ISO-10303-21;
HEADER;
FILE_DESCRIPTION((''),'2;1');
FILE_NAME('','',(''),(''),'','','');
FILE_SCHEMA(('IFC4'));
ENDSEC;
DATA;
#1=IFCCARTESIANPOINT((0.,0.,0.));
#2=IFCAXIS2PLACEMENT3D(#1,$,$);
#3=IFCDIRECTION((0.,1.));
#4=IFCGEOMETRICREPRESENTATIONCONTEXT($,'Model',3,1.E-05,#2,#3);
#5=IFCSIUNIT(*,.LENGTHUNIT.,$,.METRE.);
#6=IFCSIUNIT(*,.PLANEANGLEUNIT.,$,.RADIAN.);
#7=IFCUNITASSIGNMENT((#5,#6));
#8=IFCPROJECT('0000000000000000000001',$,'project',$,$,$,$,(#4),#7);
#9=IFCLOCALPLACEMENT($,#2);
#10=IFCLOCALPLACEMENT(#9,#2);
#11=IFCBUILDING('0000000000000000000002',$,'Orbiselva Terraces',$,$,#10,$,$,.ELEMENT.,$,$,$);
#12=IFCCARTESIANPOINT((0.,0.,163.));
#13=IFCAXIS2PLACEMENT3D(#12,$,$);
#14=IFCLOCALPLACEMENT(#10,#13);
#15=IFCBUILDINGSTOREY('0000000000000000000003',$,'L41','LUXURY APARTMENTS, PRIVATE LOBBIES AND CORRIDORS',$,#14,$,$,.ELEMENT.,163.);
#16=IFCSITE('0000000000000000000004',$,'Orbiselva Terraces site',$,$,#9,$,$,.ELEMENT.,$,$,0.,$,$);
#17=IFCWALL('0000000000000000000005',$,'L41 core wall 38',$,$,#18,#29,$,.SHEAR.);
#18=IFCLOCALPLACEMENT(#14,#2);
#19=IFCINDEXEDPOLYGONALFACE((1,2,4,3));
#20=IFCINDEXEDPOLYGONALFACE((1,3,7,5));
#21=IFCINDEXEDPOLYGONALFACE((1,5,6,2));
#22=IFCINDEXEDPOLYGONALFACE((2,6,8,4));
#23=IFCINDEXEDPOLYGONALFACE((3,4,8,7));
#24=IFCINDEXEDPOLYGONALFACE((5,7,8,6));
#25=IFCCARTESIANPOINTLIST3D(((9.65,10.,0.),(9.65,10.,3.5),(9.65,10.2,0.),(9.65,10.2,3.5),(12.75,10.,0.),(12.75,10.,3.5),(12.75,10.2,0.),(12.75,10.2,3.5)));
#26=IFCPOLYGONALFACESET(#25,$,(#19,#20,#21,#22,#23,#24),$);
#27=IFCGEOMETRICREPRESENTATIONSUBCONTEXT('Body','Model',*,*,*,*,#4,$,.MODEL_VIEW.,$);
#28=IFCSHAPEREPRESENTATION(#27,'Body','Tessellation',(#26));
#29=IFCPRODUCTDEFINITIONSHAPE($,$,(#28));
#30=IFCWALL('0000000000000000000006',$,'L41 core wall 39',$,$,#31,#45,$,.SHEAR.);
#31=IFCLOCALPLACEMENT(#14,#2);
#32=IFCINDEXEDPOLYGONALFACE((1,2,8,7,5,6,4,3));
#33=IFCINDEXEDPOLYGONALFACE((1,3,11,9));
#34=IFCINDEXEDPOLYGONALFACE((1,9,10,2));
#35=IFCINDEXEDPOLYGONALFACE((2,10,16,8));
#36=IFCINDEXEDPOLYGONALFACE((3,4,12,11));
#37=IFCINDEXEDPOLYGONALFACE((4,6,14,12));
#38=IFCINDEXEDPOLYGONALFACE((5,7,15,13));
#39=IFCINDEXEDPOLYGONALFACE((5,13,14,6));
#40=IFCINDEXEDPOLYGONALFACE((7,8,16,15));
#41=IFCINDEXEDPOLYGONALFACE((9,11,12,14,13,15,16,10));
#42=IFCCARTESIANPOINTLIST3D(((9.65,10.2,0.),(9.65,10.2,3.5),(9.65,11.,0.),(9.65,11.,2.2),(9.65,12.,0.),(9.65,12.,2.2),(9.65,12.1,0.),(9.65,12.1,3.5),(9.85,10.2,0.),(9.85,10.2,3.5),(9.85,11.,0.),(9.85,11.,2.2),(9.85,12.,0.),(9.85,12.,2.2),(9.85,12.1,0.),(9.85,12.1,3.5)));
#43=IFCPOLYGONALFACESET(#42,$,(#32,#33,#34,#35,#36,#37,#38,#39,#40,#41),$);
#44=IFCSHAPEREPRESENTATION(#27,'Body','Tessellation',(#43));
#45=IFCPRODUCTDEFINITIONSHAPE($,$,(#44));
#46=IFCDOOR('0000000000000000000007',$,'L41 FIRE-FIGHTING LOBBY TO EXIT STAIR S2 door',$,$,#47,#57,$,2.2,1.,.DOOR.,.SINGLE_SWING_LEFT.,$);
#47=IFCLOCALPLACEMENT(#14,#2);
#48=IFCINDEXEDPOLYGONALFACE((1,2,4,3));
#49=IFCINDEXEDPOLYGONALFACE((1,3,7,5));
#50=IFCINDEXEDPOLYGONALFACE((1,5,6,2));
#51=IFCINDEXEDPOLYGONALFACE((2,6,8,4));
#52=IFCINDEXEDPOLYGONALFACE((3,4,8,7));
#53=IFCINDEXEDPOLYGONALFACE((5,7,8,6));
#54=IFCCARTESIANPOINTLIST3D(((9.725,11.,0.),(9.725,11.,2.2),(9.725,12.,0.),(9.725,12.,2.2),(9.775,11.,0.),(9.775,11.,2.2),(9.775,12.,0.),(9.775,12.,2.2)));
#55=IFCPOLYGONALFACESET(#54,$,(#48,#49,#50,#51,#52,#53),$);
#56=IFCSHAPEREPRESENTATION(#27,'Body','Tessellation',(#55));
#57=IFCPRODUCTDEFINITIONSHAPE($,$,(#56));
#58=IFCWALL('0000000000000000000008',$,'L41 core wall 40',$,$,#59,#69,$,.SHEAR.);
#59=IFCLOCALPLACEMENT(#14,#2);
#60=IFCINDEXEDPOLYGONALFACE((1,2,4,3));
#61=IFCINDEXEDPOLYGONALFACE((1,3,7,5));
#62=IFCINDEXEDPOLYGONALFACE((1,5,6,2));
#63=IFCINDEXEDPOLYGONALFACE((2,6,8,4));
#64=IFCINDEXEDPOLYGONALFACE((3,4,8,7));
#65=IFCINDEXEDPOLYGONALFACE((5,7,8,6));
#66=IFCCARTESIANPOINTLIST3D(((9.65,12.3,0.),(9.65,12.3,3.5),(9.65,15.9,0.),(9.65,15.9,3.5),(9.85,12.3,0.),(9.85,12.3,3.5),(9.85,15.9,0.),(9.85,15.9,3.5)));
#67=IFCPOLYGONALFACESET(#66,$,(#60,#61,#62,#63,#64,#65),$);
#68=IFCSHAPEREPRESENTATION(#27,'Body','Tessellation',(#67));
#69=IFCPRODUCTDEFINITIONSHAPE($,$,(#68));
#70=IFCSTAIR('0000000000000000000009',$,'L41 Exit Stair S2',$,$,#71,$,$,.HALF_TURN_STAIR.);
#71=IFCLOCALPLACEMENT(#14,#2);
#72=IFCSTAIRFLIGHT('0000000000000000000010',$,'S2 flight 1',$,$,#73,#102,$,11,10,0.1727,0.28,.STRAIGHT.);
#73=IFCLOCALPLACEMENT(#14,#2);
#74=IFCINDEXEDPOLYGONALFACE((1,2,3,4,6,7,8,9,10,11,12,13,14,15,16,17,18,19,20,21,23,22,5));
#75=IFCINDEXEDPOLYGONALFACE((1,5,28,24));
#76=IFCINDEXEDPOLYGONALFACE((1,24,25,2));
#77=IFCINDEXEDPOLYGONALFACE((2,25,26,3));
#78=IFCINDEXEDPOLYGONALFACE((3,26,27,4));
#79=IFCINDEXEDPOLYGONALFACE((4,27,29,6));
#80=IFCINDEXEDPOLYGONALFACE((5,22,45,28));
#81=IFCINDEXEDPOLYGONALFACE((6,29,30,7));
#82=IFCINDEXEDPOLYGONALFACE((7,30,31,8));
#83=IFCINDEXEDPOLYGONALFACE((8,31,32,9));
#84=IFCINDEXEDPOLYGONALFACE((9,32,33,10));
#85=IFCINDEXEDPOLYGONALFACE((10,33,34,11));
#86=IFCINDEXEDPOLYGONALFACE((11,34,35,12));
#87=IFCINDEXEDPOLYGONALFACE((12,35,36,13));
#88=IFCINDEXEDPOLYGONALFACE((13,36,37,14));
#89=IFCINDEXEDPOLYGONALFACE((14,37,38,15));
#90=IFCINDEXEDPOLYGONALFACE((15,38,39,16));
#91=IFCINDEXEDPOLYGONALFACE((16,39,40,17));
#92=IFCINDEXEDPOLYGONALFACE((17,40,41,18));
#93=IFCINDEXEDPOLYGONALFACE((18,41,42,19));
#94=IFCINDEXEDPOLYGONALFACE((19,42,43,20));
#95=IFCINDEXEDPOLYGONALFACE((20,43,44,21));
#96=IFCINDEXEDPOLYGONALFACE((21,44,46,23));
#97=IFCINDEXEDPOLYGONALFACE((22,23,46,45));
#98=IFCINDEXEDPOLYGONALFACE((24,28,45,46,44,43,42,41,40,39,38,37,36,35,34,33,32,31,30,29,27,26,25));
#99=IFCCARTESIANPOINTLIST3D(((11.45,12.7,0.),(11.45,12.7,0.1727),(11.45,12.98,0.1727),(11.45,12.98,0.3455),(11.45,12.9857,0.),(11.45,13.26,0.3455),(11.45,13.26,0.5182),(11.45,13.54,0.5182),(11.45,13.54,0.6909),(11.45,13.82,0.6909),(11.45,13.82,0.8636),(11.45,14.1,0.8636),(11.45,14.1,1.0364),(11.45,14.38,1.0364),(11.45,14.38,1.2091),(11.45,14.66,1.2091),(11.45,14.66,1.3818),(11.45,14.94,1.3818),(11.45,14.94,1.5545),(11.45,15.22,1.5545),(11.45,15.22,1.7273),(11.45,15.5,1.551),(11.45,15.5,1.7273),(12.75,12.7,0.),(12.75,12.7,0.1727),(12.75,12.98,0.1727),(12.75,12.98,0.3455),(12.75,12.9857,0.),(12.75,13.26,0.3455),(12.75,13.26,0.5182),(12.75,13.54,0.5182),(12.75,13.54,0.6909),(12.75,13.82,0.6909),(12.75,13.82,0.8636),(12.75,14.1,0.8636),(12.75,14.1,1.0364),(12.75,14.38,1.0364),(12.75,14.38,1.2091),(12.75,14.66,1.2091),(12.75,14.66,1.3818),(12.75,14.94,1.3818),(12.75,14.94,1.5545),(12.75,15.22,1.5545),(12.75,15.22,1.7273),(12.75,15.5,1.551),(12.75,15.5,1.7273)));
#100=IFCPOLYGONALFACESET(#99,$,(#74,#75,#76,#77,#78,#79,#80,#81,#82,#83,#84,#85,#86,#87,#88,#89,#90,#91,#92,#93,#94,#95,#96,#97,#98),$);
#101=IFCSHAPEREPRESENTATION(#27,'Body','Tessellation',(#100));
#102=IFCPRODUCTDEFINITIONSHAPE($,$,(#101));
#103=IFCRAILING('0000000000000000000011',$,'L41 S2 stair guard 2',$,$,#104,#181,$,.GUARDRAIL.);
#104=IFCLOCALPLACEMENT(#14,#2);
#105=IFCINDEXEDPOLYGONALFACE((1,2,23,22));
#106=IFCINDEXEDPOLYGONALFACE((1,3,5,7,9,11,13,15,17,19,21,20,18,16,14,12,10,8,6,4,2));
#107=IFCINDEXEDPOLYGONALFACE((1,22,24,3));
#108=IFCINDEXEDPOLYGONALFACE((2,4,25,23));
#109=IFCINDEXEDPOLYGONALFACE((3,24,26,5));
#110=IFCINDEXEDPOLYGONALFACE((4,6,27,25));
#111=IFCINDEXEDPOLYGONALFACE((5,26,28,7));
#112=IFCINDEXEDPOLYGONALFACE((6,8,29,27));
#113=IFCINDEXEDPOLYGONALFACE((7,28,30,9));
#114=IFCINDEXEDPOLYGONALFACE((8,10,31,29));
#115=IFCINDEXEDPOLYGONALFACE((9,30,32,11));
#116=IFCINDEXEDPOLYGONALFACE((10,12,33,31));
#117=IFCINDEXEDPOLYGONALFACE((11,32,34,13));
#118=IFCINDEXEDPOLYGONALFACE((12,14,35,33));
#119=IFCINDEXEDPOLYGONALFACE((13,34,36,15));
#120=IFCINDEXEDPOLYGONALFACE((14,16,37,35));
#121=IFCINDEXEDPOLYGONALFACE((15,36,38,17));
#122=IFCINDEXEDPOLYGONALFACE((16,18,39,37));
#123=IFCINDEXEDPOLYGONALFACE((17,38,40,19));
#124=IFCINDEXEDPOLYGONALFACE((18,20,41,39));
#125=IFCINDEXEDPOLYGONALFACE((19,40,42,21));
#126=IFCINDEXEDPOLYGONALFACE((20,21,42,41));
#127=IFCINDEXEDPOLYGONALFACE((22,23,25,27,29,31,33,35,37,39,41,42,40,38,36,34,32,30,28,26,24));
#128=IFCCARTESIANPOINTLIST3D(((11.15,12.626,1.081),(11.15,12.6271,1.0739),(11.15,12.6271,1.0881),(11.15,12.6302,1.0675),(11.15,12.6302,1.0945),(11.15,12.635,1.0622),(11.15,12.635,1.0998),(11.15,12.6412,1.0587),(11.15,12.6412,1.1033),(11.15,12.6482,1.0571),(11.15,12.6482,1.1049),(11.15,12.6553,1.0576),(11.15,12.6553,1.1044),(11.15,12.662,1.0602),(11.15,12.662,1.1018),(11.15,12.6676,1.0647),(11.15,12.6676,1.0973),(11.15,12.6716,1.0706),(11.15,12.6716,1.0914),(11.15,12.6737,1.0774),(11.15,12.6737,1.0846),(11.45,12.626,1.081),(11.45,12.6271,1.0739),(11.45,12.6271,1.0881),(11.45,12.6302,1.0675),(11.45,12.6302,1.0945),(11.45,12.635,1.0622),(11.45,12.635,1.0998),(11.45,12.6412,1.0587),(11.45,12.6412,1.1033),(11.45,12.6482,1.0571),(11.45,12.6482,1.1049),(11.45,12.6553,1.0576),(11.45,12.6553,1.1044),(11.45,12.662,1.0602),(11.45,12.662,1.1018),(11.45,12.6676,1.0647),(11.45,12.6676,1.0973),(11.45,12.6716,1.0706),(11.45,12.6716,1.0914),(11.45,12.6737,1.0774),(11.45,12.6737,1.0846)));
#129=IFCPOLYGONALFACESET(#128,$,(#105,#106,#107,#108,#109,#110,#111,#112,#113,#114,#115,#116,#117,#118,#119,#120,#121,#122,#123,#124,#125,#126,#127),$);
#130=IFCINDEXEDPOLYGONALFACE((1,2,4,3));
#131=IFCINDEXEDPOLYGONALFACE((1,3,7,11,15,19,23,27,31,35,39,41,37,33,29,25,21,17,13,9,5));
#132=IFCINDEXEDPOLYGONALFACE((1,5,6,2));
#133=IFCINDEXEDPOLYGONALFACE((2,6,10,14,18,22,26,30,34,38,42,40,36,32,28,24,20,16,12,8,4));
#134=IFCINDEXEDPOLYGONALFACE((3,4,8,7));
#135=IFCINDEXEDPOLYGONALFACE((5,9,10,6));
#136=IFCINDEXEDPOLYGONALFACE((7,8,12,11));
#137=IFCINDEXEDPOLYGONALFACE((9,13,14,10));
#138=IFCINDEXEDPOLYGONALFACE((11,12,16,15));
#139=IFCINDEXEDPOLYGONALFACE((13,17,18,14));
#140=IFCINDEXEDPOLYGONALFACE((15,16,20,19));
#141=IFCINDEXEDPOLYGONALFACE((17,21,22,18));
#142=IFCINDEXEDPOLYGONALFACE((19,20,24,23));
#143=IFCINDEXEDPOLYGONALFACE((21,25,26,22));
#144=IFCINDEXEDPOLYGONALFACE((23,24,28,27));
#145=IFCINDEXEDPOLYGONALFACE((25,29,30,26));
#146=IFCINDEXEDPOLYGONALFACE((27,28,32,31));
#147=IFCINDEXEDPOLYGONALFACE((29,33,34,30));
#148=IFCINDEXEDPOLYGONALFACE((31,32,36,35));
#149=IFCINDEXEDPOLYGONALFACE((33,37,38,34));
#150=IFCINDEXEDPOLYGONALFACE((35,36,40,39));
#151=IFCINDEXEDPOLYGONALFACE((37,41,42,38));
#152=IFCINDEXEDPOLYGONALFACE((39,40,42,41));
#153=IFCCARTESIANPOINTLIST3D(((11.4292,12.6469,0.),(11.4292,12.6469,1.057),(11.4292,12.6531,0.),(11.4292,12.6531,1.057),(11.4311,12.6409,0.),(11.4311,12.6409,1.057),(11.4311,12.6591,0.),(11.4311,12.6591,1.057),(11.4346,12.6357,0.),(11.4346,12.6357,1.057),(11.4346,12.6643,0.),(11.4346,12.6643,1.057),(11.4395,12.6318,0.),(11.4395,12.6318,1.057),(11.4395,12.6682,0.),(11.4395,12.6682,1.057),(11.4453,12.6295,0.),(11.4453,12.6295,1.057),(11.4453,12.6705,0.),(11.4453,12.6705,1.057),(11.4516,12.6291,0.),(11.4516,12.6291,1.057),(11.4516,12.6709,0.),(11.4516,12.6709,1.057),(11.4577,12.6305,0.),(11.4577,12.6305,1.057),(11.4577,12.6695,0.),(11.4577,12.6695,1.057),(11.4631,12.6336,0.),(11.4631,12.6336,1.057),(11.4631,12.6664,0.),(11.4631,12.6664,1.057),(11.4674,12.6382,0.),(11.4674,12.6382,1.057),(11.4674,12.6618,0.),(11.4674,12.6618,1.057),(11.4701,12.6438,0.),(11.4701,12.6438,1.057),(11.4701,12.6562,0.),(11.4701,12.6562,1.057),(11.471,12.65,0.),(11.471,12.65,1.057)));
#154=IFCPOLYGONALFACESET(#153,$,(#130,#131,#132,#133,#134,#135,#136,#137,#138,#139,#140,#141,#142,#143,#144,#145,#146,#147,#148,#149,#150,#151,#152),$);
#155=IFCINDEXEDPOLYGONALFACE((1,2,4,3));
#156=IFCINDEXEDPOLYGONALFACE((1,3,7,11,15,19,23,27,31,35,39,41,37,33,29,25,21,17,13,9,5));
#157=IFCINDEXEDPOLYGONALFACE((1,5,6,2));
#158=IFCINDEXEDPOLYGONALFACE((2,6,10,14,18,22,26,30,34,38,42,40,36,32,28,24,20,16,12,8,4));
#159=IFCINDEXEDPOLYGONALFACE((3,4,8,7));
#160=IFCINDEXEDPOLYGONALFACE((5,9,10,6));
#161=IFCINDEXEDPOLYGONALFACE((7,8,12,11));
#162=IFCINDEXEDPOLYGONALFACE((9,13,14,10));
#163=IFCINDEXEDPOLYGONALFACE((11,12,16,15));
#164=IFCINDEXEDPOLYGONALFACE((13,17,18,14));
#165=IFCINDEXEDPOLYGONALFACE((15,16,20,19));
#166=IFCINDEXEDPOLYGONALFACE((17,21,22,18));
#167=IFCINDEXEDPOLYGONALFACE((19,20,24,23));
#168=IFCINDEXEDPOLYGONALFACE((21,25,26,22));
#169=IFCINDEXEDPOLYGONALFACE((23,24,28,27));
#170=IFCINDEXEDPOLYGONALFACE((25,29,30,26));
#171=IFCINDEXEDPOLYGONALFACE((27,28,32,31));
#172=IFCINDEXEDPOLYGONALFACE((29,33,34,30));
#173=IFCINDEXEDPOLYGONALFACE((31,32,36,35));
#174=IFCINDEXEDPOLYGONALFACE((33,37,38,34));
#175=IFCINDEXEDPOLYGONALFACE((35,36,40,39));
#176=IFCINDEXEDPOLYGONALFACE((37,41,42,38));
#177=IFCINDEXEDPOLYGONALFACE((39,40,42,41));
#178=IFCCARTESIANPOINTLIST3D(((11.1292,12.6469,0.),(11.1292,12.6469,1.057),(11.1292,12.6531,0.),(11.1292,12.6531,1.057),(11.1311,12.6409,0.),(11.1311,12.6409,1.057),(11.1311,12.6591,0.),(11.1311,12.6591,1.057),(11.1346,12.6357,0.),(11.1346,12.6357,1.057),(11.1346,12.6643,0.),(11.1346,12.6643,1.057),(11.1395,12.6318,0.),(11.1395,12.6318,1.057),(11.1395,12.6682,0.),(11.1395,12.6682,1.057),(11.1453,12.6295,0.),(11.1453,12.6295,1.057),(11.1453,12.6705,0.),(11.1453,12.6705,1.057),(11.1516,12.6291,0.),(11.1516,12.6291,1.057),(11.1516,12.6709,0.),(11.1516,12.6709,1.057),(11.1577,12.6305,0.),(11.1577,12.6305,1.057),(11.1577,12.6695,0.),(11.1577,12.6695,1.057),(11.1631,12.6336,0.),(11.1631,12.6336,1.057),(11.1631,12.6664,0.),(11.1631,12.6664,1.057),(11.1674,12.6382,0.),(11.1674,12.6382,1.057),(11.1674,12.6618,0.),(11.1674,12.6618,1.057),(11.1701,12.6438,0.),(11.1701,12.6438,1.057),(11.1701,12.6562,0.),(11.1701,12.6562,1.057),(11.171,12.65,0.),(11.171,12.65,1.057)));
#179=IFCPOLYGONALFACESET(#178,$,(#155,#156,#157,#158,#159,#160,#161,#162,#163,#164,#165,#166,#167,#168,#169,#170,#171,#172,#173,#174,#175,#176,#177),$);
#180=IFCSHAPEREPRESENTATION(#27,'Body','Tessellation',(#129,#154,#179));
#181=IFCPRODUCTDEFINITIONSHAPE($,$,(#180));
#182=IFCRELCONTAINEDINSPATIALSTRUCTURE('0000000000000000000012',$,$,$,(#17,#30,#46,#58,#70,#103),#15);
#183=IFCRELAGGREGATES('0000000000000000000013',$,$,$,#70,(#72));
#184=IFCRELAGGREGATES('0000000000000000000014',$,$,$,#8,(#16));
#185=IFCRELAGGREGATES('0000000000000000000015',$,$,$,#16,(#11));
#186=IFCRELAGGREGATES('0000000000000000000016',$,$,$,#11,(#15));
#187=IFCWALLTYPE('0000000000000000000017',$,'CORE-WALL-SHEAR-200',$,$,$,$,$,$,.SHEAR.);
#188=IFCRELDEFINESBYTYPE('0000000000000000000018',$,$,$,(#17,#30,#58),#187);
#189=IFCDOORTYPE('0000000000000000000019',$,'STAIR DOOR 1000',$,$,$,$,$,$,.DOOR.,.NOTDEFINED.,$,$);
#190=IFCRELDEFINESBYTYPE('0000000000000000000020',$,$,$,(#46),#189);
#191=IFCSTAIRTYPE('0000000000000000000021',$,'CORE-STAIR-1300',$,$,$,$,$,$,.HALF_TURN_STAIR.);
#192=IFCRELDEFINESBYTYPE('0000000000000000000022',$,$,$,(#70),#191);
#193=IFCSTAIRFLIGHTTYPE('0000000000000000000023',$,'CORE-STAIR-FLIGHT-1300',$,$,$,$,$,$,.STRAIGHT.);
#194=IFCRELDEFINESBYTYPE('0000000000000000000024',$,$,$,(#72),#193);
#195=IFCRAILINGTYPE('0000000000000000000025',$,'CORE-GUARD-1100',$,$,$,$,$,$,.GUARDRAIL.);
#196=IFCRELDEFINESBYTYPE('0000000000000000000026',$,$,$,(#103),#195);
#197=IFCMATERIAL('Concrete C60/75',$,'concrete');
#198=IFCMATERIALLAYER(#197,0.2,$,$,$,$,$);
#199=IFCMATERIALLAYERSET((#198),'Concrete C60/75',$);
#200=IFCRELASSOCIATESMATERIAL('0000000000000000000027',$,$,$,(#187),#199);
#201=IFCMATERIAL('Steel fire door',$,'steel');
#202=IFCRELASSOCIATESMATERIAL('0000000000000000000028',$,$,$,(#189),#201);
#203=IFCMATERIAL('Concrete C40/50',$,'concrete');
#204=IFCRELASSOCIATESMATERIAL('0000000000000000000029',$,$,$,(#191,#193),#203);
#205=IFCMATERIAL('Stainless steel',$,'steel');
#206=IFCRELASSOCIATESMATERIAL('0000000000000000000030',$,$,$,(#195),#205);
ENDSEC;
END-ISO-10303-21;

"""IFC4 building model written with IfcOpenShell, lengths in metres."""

from ifc_helpers import new_model, si_unit, direction, frame, frame_2d, origin, origin_2d, place, context, subcontext, project, spatial, polyline, rectangle, circle, outline, extrude, material, layer, layer_set, type_object, element, fill, aggregate, save


model = new_model("IFC4")

# Units and contexts
model_context = context("Model", 3, precision=1e-05, world=origin(), true_north=direction((0.0, 1.0)))
body_context = subcontext(model_context, "Body", "Model", "MODEL_VIEW")
ifc_project = project(units=[si_unit("LENGTHUNIT", "METRE"), si_unit("PLANEANGLEUNIT", "RADIAN")], contexts=[model_context])

# Site, building, storey
site_placement = place(None, origin())
site = spatial("IfcSite", under=ifc_project, at=site_placement, Name="Orbiselva Terraces site", CompositionType="ELEMENT", RefElevation=0.0)
building_placement = place(site_placement, origin())
building = spatial("IfcBuilding", under=site, at=building_placement, Name="Orbiselva Terraces", CompositionType="ELEMENT")
storey_placement = place(building_placement, frame((0.0, 0.0, 163.0)))
storey = spatial("IfcBuildingStorey", under=building, at=storey_placement, Name="L41", Description="LUXURY APARTMENTS, PRIVATE LOBBIES AND CORRIDORS", CompositionType="ELEMENT", Elevation=163.0)

# Shared definitions
ifc_material_1 = material(Name="Steel fire door", Category="steel")

# Shared definitions
ifc_material_2 = material(Name="Concrete C60/75", Category="concrete")
ifc_layer_1 = layer(ifc_material_2, 0.2)
ifc_layer_set_1 = layer_set([ifc_layer_1], Name="Concrete C60/75")
wall_type_1 = type_object("IfcWallType", Name="CORE-WALL-SHEAR-200", PredefinedType="SHEAR", material=ifc_layer_set_1)

# Wall
wall_1_placement = place(storey_placement, frame((9.65, 10.1, 0.0), z_axis=(0.0, 0.0, 1.0), x_axis=(1.0, 0.0, 0.0)))
element("IfcWall", 1, at=wall_1_placement, inside=storey, type_object=wall_type_1, Name="L41 core wall 38", PredefinedType="SHEAR", context=body_context, shape_type="SweptSolid", body=[
    extrude(rectangle(XDim=3.1, YDim=0.2, at=frame_2d((1.55, 0.0))), origin(), (0.0, 0.0, 1.0), 3.5),
])

# Wall, opening, door
wall_2_placement = place(storey_placement, frame((9.75, 12.1, 0.0), z_axis=(0.0, 0.0, 1.0), x_axis=(0.0, -1.0, 0.0)))
wall_2 = element("IfcWall", 2, at=wall_2_placement, inside=storey, type_object=wall_type_1, Name="L41 core wall 39", PredefinedType="SHEAR", context=body_context, shape_type="SweptSolid", body=[
    extrude(rectangle(XDim=1.9, YDim=0.2, at=frame_2d((0.95, 0.0))), origin(), (0.0, 0.0, 1.0), 3.5),
])
opening_1_placement = place(wall_2_placement, frame((0.1, 0.0, 0.0)))
opening_1 = element("IfcOpeningElement", 3, at=opening_1_placement, cuts=wall_2, PredefinedType="OPENING", context=body_context, shape_type="SweptSolid", body=[
    extrude(rectangle(XDim=1.0, YDim=2.2, at=frame_2d((0.5, 1.1))), frame((0.0, 0.11, 0.0), z_axis=(0.0, -1.0, 0.0), x_axis=(1.0, 0.0, 0.0)), (0.0, 0.0, 1.0), 0.22),
])
door_type_1 = type_object("IfcDoorType", Name="STAIR DOOR 1000", OperationType="NOTDEFINED", PredefinedType="DOOR", material=ifc_material_1)
door_1_placement = place(opening_1_placement, origin())
door_1 = element("IfcDoor", 4, at=door_1_placement, inside=storey, type_object=door_type_1, Name="L41 FIRE-FIGHTING LOBBY TO EXIT STAIR S2 door", OperationType="SINGLE_SWING_LEFT", OverallHeight=2.2, OverallWidth=1.0, PredefinedType="DOOR", context=body_context, shape_type="SweptSolid", body=[
    extrude(rectangle(XDim=1.0, YDim=2.2, at=frame_2d((0.5, 1.1))), frame((0.0, 0.025, 0.0), z_axis=(0.0, -1.0, 0.0), x_axis=(1.0, 0.0, 0.0)), (0.0, 0.0, 1.0), 0.05),
])
fill(opening_1, door_1)

# Wall
wall_3_placement = place(storey_placement, frame((9.75, 12.3, 0.0), z_axis=(0.0, 0.0, 1.0), x_axis=(0.0, 1.0, 0.0)))
element("IfcWall", 5, at=wall_3_placement, inside=storey, type_object=wall_type_1, Name="L41 core wall 40", PredefinedType="SHEAR", context=body_context, shape_type="SweptSolid", body=[
    extrude(rectangle(XDim=3.6, YDim=0.2, at=frame_2d((1.8, 0.0))), origin(), (0.0, 0.0, 1.0), 3.5),
])

# Stair, stair flight
ifc_material_3 = material(Name="Concrete C40/50", Category="concrete")
stair_type = type_object("IfcStairType", Name="CORE-STAIR-1300", PredefinedType="HALF_TURN_STAIR", material=ifc_material_3)
stair_placement = place(storey_placement, origin())
stair = element("IfcStair", 6, at=stair_placement, inside=storey, type_object=stair_type, Name="L41 Exit Stair S2", PredefinedType="HALF_TURN_STAIR")
stair_flight_type = type_object("IfcStairFlightType", Name="CORE-STAIR-FLIGHT-1300", PredefinedType="STRAIGHT", material=ifc_material_3)
stair_flight_placement = place(storey_placement, frame((12.1, 12.7, 0.0), z_axis=(0.0, 0.0, 1.0), x_axis=(0.0, 1.0, 0.0)))
stair_flight = element("IfcStairFlight", 7, at=stair_flight_placement, type_object=stair_flight_type, Name="S2 flight 1", NumberOfRisers=11, NumberOfTreads=10, PredefinedType="STRAIGHT", RiserHeight=0.1727, TreadLength=0.28, context=body_context, shape_type="SweptSolid", body=[
    extrude(outline(polyline([(0.0, 0.0), (0.0, 0.1727), (0.28, 0.1727), (0.28, 0.3455), (0.56, 0.3455), (0.56, 0.5182), (0.84, 0.5182), (0.84, 0.6909), (1.12, 0.6909), (1.12, 0.8636), (1.4, 0.8636), (1.4, 1.0364), (1.68, 1.0364), (1.68, 1.2091), (1.96, 1.2091), (1.96, 1.3818), (2.24, 1.3818), (2.24, 1.5545), (2.52, 1.5545), (2.52, 1.7273), (2.8, 1.7273), (2.8, 1.9), (2.8, 1.551), (0.2857, 0.0), (0.0, 0.0)])), frame((0.0, 0.65, 0.0), z_axis=(0.0, -1.0, 0.0), x_axis=(1.0, 0.0, 0.0)), (0.0, 0.0, 1.0), 1.3),
])
aggregate(stair, [stair_flight])

# Railing
ifc_material_4 = material(Name="Stainless steel", Category="steel")
railing_type_1 = type_object("IfcRailingType", Name="CORE-GUARD-1100", PredefinedType="GUARDRAIL", material=ifc_material_4)
railing_1_placement = place(storey_placement, frame((11.45, 12.65, 0.0)))
element("IfcRailing", 8, at=railing_1_placement, inside=storey, type_object=railing_type_1, Name="L41 S2 stair guard 2", PredefinedType="GUARDRAIL", context=body_context, shape_type="SweptSolid", body=[
    extrude(circle(Radius=0.024, at=origin_2d()), frame((0.0, 0.0, 1.081), z_axis=(-1.0, 0.0, 0.0), x_axis=(0.0, -1.0, 0.0)), (0.0, 0.0, 1.0), 0.3),
    extrude(circle(Radius=0.021, at=origin_2d()), origin(), (0.0, 0.0, 1.0), 1.057),
    extrude(circle(Radius=0.021, at=origin_2d()), frame((-0.3, 0.0, 0.0)), (0.0, 0.0, 1.0), 1.057),
])

save(model, "model.ifc")
